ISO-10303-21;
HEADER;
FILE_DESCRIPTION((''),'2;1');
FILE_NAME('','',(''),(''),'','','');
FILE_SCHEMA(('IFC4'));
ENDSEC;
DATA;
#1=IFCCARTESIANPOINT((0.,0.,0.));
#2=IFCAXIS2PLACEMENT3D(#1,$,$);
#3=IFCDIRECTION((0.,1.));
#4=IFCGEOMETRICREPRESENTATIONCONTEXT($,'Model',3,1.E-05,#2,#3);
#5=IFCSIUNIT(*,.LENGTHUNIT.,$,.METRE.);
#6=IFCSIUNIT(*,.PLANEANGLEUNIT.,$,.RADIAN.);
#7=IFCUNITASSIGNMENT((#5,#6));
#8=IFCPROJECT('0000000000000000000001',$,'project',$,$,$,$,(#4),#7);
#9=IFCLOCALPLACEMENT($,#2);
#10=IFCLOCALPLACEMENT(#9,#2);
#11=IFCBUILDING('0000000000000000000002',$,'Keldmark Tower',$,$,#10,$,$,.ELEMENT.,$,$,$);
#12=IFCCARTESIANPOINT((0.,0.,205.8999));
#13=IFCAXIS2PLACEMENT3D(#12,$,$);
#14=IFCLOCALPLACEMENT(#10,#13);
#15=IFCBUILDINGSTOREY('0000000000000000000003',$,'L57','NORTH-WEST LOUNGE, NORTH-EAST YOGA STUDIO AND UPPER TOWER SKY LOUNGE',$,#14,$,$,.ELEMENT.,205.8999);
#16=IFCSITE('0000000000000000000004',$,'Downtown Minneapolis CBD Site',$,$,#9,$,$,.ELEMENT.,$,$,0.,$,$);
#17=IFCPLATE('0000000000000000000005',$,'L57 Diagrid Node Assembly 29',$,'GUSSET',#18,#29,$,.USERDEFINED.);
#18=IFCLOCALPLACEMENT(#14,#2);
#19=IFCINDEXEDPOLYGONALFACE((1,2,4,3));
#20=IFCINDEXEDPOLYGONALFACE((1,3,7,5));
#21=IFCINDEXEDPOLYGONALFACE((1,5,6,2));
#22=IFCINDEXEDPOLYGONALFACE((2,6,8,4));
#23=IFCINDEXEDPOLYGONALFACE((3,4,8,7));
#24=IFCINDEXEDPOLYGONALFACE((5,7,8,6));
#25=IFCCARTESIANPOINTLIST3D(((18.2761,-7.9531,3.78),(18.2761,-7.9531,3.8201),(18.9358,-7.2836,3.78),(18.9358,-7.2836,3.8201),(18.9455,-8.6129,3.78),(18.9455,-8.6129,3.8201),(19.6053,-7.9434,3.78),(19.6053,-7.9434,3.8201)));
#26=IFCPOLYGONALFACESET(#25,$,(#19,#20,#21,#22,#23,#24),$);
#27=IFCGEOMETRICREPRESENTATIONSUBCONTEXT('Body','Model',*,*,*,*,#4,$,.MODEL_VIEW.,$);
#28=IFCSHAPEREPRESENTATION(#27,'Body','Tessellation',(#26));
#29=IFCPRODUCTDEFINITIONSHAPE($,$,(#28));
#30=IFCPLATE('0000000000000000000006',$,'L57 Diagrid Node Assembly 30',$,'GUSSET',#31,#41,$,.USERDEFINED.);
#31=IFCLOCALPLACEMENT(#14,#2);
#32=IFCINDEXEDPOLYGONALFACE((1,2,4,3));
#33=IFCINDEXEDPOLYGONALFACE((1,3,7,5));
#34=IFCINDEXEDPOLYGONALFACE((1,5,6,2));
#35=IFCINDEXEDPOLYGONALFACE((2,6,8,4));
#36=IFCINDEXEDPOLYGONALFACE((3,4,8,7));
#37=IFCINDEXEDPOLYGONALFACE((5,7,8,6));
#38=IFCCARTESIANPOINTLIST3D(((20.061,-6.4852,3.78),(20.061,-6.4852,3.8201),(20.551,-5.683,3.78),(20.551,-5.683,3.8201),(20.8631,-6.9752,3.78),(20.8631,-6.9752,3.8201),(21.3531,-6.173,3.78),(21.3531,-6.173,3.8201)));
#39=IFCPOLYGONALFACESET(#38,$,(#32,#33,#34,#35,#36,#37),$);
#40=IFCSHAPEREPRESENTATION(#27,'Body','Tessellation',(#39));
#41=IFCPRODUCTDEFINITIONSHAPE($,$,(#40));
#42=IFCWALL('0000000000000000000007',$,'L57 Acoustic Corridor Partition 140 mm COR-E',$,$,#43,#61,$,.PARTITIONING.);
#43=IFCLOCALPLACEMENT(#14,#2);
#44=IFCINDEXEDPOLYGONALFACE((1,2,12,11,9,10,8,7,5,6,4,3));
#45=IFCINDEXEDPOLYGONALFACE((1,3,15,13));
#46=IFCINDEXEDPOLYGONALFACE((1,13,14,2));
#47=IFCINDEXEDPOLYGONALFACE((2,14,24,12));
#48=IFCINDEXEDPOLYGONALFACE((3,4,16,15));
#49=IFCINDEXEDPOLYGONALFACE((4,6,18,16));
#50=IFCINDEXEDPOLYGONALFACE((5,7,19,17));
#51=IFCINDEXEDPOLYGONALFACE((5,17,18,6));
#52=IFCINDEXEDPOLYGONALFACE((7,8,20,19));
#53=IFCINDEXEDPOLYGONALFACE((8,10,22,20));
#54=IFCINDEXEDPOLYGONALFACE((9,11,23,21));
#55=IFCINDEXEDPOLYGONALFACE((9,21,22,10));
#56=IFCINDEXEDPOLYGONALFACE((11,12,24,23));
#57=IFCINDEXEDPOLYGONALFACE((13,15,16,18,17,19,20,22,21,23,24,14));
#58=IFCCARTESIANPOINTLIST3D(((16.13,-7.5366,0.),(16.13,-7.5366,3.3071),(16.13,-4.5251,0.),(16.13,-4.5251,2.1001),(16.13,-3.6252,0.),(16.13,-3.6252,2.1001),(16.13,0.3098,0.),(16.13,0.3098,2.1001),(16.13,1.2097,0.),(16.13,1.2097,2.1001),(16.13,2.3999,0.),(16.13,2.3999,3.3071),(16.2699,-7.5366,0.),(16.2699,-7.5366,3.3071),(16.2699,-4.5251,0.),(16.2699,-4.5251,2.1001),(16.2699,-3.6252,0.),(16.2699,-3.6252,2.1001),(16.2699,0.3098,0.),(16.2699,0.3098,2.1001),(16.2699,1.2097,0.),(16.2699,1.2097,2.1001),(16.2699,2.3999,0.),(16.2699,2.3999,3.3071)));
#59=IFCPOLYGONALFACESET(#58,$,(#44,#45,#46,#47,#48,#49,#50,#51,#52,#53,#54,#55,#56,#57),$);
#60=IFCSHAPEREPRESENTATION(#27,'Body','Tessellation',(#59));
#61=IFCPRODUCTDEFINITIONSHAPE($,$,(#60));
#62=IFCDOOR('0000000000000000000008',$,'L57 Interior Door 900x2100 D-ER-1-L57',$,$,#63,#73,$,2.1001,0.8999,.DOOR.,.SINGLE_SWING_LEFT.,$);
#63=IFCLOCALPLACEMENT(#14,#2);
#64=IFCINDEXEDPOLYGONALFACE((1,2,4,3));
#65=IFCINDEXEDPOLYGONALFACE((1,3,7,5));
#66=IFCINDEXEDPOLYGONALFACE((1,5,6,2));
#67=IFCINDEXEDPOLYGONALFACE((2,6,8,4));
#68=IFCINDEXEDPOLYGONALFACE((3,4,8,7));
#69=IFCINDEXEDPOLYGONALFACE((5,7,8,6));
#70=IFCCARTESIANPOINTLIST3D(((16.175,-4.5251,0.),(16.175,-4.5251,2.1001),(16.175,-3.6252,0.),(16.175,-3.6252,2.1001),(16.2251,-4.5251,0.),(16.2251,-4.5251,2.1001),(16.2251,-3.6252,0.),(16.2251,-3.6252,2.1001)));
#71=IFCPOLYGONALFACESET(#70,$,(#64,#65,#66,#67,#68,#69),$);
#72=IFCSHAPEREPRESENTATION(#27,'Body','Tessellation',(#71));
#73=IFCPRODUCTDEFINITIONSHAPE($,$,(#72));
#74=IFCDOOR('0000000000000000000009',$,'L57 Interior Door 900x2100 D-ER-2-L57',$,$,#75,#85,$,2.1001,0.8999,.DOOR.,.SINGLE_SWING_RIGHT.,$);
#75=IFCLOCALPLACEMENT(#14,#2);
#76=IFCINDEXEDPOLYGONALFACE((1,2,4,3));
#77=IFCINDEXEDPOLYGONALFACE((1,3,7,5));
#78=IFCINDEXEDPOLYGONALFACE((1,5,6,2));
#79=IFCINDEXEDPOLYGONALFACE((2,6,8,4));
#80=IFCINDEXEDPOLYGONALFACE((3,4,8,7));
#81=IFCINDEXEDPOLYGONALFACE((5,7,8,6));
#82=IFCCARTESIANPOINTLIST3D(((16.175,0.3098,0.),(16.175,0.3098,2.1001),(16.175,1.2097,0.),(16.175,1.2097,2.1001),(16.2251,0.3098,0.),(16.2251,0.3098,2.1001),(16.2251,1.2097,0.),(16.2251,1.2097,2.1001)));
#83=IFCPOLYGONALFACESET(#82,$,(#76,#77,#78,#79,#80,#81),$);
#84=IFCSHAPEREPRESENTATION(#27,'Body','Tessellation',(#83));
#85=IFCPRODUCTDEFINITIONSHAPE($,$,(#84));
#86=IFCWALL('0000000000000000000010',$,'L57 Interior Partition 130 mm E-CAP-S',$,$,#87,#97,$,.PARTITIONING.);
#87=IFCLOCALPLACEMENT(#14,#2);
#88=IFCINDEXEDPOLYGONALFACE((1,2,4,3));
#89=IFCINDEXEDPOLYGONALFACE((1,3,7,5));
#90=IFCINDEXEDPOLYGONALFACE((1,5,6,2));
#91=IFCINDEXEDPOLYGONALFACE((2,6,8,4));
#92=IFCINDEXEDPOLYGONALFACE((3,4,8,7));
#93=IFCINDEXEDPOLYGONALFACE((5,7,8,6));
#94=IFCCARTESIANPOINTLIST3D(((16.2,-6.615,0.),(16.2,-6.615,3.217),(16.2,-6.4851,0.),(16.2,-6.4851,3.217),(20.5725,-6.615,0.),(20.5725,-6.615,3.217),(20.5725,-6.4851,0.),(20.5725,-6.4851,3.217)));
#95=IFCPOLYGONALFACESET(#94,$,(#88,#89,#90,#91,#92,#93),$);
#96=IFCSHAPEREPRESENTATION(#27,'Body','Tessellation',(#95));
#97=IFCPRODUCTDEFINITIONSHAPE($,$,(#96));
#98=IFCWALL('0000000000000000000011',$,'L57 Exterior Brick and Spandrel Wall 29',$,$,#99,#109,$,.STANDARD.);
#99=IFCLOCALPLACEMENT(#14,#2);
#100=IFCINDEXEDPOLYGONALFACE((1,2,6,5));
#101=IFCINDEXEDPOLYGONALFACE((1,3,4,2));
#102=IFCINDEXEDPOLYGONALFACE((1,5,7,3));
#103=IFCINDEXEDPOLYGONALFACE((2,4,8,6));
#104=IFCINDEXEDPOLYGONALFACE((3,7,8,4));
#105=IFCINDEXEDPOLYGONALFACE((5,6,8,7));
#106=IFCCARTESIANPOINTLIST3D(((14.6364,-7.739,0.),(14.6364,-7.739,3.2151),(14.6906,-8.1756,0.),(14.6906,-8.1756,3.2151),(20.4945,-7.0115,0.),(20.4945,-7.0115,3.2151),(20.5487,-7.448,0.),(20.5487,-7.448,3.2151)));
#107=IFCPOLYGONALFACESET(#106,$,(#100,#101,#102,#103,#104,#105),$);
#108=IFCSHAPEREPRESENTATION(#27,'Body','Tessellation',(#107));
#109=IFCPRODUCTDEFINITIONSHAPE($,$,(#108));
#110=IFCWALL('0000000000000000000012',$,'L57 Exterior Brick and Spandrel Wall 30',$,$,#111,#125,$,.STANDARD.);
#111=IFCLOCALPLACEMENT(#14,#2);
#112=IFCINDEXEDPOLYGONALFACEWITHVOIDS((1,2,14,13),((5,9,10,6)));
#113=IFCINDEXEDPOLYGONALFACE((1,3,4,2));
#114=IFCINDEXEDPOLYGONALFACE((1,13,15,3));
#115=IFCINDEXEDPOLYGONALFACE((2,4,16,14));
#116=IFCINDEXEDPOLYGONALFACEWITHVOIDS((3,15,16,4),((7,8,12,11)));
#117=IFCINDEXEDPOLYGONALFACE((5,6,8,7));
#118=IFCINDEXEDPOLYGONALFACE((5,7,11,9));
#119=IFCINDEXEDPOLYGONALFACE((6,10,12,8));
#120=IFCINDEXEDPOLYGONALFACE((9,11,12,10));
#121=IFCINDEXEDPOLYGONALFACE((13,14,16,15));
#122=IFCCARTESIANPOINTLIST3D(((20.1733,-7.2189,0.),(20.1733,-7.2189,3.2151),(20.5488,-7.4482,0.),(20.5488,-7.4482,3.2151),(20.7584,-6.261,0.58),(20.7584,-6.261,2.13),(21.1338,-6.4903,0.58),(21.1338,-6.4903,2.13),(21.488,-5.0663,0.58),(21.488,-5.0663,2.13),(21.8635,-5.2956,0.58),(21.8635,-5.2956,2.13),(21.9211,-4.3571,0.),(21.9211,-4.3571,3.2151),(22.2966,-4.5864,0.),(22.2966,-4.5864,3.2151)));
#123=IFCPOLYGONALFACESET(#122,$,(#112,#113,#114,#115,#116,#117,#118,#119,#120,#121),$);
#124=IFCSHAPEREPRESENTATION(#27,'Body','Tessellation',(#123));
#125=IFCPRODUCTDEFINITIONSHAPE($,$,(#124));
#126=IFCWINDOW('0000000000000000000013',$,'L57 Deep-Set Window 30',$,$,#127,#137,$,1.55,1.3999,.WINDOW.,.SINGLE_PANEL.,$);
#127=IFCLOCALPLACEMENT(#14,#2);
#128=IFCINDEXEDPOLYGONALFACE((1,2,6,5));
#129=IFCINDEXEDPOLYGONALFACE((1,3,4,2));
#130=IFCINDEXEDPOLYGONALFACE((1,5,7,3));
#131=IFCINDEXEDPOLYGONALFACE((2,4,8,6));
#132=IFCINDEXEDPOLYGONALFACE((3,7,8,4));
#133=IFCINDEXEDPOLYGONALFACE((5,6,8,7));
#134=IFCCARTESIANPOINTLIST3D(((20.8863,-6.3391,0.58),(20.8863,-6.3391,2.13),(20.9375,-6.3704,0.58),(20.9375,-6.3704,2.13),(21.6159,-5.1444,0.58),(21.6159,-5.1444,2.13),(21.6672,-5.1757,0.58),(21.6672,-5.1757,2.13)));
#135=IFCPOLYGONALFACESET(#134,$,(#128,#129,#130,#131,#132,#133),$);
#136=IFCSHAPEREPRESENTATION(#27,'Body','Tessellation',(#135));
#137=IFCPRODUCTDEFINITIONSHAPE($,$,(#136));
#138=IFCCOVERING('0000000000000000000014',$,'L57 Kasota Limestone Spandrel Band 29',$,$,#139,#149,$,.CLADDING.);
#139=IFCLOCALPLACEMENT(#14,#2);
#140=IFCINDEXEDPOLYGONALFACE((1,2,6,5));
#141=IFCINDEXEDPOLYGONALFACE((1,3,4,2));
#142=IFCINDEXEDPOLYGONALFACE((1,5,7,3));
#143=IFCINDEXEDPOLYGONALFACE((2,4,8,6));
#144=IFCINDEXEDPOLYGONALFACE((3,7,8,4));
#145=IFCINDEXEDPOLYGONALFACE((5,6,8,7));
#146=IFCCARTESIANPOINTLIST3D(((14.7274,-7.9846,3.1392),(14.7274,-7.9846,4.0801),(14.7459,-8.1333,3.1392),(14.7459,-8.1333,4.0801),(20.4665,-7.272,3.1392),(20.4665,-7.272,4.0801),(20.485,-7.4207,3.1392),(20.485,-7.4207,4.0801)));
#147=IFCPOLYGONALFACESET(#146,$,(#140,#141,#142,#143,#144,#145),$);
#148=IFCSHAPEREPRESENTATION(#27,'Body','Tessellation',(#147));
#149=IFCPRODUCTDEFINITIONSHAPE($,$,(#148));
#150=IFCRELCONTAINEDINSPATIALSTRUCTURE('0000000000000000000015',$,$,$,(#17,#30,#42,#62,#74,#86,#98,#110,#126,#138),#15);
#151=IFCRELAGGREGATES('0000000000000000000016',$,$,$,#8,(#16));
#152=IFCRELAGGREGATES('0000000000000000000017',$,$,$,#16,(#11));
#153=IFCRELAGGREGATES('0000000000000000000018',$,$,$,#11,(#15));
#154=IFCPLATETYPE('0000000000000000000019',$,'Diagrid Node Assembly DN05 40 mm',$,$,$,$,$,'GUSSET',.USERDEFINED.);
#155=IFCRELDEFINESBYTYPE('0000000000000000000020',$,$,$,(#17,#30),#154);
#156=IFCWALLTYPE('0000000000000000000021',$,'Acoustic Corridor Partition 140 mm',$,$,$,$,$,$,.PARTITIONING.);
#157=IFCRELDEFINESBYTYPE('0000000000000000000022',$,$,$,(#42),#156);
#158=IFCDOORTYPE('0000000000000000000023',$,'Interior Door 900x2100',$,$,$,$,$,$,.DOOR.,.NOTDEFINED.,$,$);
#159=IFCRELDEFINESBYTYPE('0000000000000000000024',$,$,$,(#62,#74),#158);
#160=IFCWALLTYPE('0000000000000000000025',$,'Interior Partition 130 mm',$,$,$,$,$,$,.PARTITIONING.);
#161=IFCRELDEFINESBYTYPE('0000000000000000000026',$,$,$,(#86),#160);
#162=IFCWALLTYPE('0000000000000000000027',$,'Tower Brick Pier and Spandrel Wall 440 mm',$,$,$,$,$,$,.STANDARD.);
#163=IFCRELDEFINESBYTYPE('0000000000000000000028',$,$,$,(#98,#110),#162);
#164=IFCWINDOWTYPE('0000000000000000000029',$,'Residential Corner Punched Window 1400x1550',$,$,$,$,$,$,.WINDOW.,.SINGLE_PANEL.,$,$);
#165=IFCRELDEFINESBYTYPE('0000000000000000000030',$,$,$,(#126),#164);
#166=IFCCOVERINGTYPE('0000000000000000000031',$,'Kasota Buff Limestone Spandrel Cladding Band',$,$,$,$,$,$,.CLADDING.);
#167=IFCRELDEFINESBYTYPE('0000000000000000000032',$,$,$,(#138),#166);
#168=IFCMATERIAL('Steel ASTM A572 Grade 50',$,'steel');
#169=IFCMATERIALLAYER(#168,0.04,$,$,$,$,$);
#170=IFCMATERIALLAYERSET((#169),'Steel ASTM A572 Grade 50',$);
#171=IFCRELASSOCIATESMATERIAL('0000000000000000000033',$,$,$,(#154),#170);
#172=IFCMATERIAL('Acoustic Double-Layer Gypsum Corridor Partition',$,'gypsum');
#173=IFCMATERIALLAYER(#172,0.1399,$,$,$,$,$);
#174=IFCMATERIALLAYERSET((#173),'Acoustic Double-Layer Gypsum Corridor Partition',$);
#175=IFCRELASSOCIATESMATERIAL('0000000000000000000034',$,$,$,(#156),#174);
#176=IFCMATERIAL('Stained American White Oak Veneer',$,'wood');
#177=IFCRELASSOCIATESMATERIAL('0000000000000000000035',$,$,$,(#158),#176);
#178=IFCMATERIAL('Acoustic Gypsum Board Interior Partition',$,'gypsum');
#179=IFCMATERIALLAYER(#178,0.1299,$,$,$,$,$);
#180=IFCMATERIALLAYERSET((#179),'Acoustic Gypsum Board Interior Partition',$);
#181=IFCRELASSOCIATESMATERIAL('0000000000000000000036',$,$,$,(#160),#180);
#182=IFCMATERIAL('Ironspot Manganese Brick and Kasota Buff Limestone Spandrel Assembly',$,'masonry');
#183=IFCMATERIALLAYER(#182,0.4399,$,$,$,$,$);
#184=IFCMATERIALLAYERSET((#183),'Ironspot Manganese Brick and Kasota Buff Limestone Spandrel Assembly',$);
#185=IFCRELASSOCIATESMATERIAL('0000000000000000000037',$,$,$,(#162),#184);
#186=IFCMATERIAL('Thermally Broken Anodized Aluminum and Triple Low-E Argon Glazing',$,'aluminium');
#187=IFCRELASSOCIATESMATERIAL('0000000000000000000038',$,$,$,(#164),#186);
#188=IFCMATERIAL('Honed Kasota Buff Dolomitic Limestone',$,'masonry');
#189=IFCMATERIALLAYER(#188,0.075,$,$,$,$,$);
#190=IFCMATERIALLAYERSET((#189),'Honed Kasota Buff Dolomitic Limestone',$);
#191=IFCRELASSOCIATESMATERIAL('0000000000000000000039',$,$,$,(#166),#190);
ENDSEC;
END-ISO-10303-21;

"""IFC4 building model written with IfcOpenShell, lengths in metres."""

from ifc_helpers import new_model, si_unit, direction, frame, frame_2d, origin, origin_2d, place, context, subcontext, project, spatial, rectangle, extrude, material, layer, layer_set, type_object, element, fill, save


model = new_model("IFC4")

# Units and contexts
model_context = context("Model", 3, precision=1e-05, world=origin(), true_north=direction((0.0, 1.0)))
body_context = subcontext(model_context, "Body", "Model", "MODEL_VIEW")
ifc_project = project(units=[si_unit("LENGTHUNIT", "METRE"), si_unit("PLANEANGLEUNIT", "RADIAN")], contexts=[model_context])

# Site, building, storey
site_placement = place(None, origin())
site = spatial("IfcSite", under=ifc_project, at=site_placement, Name="Downtown Minneapolis CBD Site", CompositionType="ELEMENT", RefElevation=0.0)
building_placement = place(site_placement, origin())
building = spatial("IfcBuilding", under=site, at=building_placement, Name="Keldmark Tower", CompositionType="ELEMENT")
storey_placement = place(building_placement, frame((0.0, 0.0, 205.8999)))
storey = spatial("IfcBuildingStorey", under=building, at=storey_placement, Name="L57", Description="NORTH-WEST LOUNGE, NORTH-EAST YOGA STUDIO AND UPPER TOWER SKY LOUNGE", CompositionType="ELEMENT", Elevation=205.8999)

# Plates
ifc_material_1 = material(Name="Steel ASTM A572 Grade 50", Category="steel")
ifc_layer_1 = layer(ifc_material_1, 0.04)
ifc_layer_set_1 = layer_set([ifc_layer_1], Name="Steel ASTM A572 Grade 50")
plate_type = type_object("IfcPlateType", Name="Diagrid Node Assembly DN05 40 mm", ElementType="GUSSET", PredefinedType="USERDEFINED", material=ifc_layer_set_1)
for number, where, z_axis, x_axis, name in (
    (1, (18.9407, -7.9482, 3.78), (0.0, 0.0, 1.0), (0.701904, 0.712271, 0.0), "L57 Diagrid Node Assembly 29"),
    (2, (20.707, -6.3291, 3.78), (0.0, 0.0, 1.0), (0.521308, 0.853369, 0.0), "L57 Diagrid Node Assembly 30"),
):
    element("IfcPlate", number, at=place(storey_placement, frame(where, z_axis=z_axis, x_axis=x_axis)), inside=storey, type_object=plate_type, Name=name, ObjectType="GUSSET", PredefinedType="USERDEFINED", context=body_context, shape_type="SweptSolid", body=[
        extrude(rectangle(XDim=0.9399, YDim=0.9399, at=origin_2d()), origin(), (0.0, 0.0, 1.0), 0.04),
    ])

# Wall, openings, doors
ifc_material_2 = material(Name="Acoustic Double-Layer Gypsum Corridor Partition", Category="gypsum")
ifc_layer_2 = layer(ifc_material_2, 0.1399)
ifc_layer_set_2 = layer_set([ifc_layer_2], Name="Acoustic Double-Layer Gypsum Corridor Partition")
wall_type_1 = type_object("IfcWallType", Name="Acoustic Corridor Partition 140 mm", PredefinedType="PARTITIONING", material=ifc_layer_set_2)
wall_1_placement = place(storey_placement, frame((16.2, -7.5366, 0.0), z_axis=(0.0, 0.0, 1.0), x_axis=(0.0, 1.0, 0.0)))
wall_1 = element("IfcWall", 3, at=wall_1_placement, inside=storey, type_object=wall_type_1, Name="L57 Acoustic Corridor Partition 140 mm COR-E", PredefinedType="PARTITIONING", context=body_context, shape_type="SweptSolid", body=[
    extrude(rectangle(XDim=9.9365, YDim=0.1399, at=frame_2d((4.9683, 0.0))), origin(), (0.0, 0.0, 1.0), 3.3071),
])
opening_1_placement = place(wall_1_placement, frame((3.0115, 0.0, 0.0)))
opening_1 = element("IfcOpeningElement", 4, at=opening_1_placement, cuts=wall_1, PredefinedType="OPENING", context=body_context, shape_type="SweptSolid", body=[
    extrude(rectangle(XDim=0.8999, YDim=2.1001, at=frame_2d((0.45, 1.05))), frame((0.0, 0.0798, 0.0), z_axis=(0.0, -1.0, 0.0), x_axis=(1.0, 0.0, 0.0)), (0.0, 0.0, 1.0), 0.1599),
])
opening_2_placement = place(wall_1_placement, frame((7.8464, 0.0, 0.0)))
opening_2 = element("IfcOpeningElement", 5, at=opening_2_placement, cuts=wall_1, PredefinedType="OPENING", context=body_context, shape_type="SweptSolid", body=[
    extrude(rectangle(XDim=0.8999, YDim=2.1001, at=frame_2d((0.45, 1.05))), frame((0.0, 0.0798, 0.0), z_axis=(0.0, -1.0, 0.0), x_axis=(1.0, 0.0, 0.0)), (0.0, 0.0, 1.0), 0.1599),
])
ifc_material_3 = material(Name="Stained American White Oak Veneer", Category="wood")
door_type = type_object("IfcDoorType", Name="Interior Door 900x2100", OperationType="NOTDEFINED", PredefinedType="DOOR", material=ifc_material_3)
door_1_placement = place(opening_1_placement, origin())
door_1 = element("IfcDoor", 6, at=door_1_placement, inside=storey, type_object=door_type, Name="L57 Interior Door 900x2100 D-ER-1-L57", OperationType="SINGLE_SWING_LEFT", OverallHeight=2.1001, OverallWidth=0.8999, PredefinedType="DOOR", context=body_context, shape_type="SweptSolid", body=[
    extrude(rectangle(XDim=0.8999, YDim=2.1001, at=frame_2d((0.45, 1.05))), frame((0.0, 0.0249, 0.0), z_axis=(0.0, -1.0, 0.0), x_axis=(1.0, 0.0, 0.0)), (0.0, 0.0, 1.0), 0.05),
])
fill(opening_1, door_1)
door_2_placement = place(opening_2_placement, origin())
door_2 = element("IfcDoor", 7, at=door_2_placement, inside=storey, type_object=door_type, Name="L57 Interior Door 900x2100 D-ER-2-L57", OperationType="SINGLE_SWING_RIGHT", OverallHeight=2.1001, OverallWidth=0.8999, PredefinedType="DOOR", context=body_context, shape_type="SweptSolid", body=[
    extrude(rectangle(XDim=0.8999, YDim=2.1001, at=frame_2d((0.45, 1.05))), frame((0.0, 0.0249, 0.0), z_axis=(0.0, -1.0, 0.0), x_axis=(1.0, 0.0, 0.0)), (0.0, 0.0, 1.0), 0.05),
])
fill(opening_2, door_2)

# Walls
ifc_material_4 = material(Name="Acoustic Gypsum Board Interior Partition", Category="gypsum")
ifc_layer_3 = layer(ifc_material_4, 0.1299)
ifc_layer_set_3 = layer_set([ifc_layer_3], Name="Acoustic Gypsum Board Interior Partition")
wall_type_2 = type_object("IfcWallType", Name="Interior Partition 130 mm", PredefinedType="PARTITIONING", material=ifc_layer_set_3)
wall_2_placement = place(storey_placement, frame((16.2, -6.55, 0.0), z_axis=(0.0, 0.0, 1.0), x_axis=(1.0, 0.0, 0.0)))
element("IfcWall", 8, at=wall_2_placement, inside=storey, type_object=wall_type_2, Name="L57 Interior Partition 130 mm E-CAP-S", PredefinedType="PARTITIONING", context=body_context, shape_type="SweptSolid", body=[
    extrude(rectangle(XDim=4.3726, YDim=0.1299, at=frame_2d((2.1863, 0.0))), origin(), (0.0, 0.0, 1.0), 3.217),
])
ifc_material_5 = material(Name="Ironspot Manganese Brick and Kasota Buff Limestone Spandrel Assembly", Category="masonry")
ifc_layer_4 = layer(ifc_material_5, 0.4399)
ifc_layer_set_4 = layer_set([ifc_layer_4], Name="Ironspot Manganese Brick and Kasota Buff Limestone Spandrel Assembly")
wall_type_3 = type_object("IfcWallType", Name="Tower Brick Pier and Spandrel Wall 440 mm", PredefinedType="STANDARD", material=ifc_layer_set_4)
wall_3_placement = place(storey_placement, frame((20.5217, -7.2297, 0.0), z_axis=(0.0, 0.0, 1.0), x_axis=(-0.992376, -0.123246, 0.0)))
element("IfcWall", 9, at=wall_3_placement, inside=storey, type_object=wall_type_3, Name="L57 Exterior Brick and Spandrel Wall 29", PredefinedType="STANDARD", context=body_context, shape_type="SweptSolid", body=[
    extrude(rectangle(XDim=5.9031, YDim=0.4399, at=frame_2d((2.9517, 0.0))), origin(), (0.0, 0.0, 1.0), 3.2151),
])

# Wall, opening, window
wall_4_placement = place(storey_placement, frame((22.1089, -4.4717, 0.0), z_axis=(0.0, 0.0, 1.0), x_axis=(-0.521214, -0.853426, 0.0)))
wall_4 = element("IfcWall", 10, at=wall_4_placement, inside=storey, type_object=wall_type_3, Name="L57 Exterior Brick and Spandrel Wall 30", PredefinedType="STANDARD", context=body_context, shape_type="SweptSolid", body=[
    extrude(rectangle(XDim=3.3533, YDim=0.4399, at=frame_2d((1.6768, 0.0))), origin(), (0.0, 0.0, 1.0), 3.2151),
])
opening_3_placement = place(wall_4_placement, frame((0.8311, 0.0, 0.5801)))
opening_3 = element("IfcOpeningElement", 11, at=opening_3_placement, cuts=wall_4, PredefinedType="OPENING", context=body_context, shape_type="SweptSolid", body=[
    extrude(rectangle(XDim=1.3999, YDim=1.55, at=frame_2d((0.7, 0.7749))), frame((0.0, 0.23, 0.0), z_axis=(0.0, -1.0, 0.0), x_axis=(1.0, 0.0, 0.0)), (0.0, 0.0, 1.0), 0.46),
])
ifc_material_6 = material(Name="Thermally Broken Anodized Aluminum and Triple Low-E Argon Glazing", Category="aluminium")
window_type = type_object("IfcWindowType", Name="Residential Corner Punched Window 1400x1550", PartitioningType="SINGLE_PANEL", PredefinedType="WINDOW", material=ifc_material_6)
window_placement = place(opening_3_placement, origin())
window = element("IfcWindow", 12, at=window_placement, inside=storey, type_object=window_type, Name="L57 Deep-Set Window 30", OverallHeight=1.55, OverallWidth=1.3999, PartitioningType="SINGLE_PANEL", PredefinedType="WINDOW", context=body_context, shape_type="SweptSolid", body=[
    extrude(rectangle(XDim=1.3999, YDim=1.55, at=frame_2d((0.7, 0.7749))), frame((0.0, -0.01, 0.0), z_axis=(0.0, -1.0, 0.0), x_axis=(1.0, 0.0, 0.0)), (0.0, 0.0, 1.0), 0.0601),
])
fill(opening_3, window)

# Covering
ifc_material_7 = material(Name="Honed Kasota Buff Dolomitic Limestone", Category="masonry")
ifc_layer_5 = layer(ifc_material_7, 0.075)
ifc_layer_set_5 = layer_set([ifc_layer_5], Name="Honed Kasota Buff Dolomitic Limestone")
covering_type = type_object("IfcCoveringType", Name="Kasota Buff Limestone Spandrel Cladding Band", PredefinedType="CLADDING", material=ifc_layer_set_5)
covering_placement = place(storey_placement, frame((17.6062, -7.7026, 3.1392), z_axis=(0.0, 0.0, 1.0), x_axis=(0.992379, 0.12322, 0.0)))
element("IfcCovering", 13, at=covering_placement, inside=storey, type_object=covering_type, Name="L57 Kasota Limestone Spandrel Band 29", PredefinedType="CLADDING", context=body_context, shape_type="SweptSolid", body=[
    extrude(rectangle(XDim=5.7832, YDim=0.1499, at=origin_2d()), origin(), (0.0, 0.0, 1.0), 0.9409),
])

save(model, "model.ifc")
